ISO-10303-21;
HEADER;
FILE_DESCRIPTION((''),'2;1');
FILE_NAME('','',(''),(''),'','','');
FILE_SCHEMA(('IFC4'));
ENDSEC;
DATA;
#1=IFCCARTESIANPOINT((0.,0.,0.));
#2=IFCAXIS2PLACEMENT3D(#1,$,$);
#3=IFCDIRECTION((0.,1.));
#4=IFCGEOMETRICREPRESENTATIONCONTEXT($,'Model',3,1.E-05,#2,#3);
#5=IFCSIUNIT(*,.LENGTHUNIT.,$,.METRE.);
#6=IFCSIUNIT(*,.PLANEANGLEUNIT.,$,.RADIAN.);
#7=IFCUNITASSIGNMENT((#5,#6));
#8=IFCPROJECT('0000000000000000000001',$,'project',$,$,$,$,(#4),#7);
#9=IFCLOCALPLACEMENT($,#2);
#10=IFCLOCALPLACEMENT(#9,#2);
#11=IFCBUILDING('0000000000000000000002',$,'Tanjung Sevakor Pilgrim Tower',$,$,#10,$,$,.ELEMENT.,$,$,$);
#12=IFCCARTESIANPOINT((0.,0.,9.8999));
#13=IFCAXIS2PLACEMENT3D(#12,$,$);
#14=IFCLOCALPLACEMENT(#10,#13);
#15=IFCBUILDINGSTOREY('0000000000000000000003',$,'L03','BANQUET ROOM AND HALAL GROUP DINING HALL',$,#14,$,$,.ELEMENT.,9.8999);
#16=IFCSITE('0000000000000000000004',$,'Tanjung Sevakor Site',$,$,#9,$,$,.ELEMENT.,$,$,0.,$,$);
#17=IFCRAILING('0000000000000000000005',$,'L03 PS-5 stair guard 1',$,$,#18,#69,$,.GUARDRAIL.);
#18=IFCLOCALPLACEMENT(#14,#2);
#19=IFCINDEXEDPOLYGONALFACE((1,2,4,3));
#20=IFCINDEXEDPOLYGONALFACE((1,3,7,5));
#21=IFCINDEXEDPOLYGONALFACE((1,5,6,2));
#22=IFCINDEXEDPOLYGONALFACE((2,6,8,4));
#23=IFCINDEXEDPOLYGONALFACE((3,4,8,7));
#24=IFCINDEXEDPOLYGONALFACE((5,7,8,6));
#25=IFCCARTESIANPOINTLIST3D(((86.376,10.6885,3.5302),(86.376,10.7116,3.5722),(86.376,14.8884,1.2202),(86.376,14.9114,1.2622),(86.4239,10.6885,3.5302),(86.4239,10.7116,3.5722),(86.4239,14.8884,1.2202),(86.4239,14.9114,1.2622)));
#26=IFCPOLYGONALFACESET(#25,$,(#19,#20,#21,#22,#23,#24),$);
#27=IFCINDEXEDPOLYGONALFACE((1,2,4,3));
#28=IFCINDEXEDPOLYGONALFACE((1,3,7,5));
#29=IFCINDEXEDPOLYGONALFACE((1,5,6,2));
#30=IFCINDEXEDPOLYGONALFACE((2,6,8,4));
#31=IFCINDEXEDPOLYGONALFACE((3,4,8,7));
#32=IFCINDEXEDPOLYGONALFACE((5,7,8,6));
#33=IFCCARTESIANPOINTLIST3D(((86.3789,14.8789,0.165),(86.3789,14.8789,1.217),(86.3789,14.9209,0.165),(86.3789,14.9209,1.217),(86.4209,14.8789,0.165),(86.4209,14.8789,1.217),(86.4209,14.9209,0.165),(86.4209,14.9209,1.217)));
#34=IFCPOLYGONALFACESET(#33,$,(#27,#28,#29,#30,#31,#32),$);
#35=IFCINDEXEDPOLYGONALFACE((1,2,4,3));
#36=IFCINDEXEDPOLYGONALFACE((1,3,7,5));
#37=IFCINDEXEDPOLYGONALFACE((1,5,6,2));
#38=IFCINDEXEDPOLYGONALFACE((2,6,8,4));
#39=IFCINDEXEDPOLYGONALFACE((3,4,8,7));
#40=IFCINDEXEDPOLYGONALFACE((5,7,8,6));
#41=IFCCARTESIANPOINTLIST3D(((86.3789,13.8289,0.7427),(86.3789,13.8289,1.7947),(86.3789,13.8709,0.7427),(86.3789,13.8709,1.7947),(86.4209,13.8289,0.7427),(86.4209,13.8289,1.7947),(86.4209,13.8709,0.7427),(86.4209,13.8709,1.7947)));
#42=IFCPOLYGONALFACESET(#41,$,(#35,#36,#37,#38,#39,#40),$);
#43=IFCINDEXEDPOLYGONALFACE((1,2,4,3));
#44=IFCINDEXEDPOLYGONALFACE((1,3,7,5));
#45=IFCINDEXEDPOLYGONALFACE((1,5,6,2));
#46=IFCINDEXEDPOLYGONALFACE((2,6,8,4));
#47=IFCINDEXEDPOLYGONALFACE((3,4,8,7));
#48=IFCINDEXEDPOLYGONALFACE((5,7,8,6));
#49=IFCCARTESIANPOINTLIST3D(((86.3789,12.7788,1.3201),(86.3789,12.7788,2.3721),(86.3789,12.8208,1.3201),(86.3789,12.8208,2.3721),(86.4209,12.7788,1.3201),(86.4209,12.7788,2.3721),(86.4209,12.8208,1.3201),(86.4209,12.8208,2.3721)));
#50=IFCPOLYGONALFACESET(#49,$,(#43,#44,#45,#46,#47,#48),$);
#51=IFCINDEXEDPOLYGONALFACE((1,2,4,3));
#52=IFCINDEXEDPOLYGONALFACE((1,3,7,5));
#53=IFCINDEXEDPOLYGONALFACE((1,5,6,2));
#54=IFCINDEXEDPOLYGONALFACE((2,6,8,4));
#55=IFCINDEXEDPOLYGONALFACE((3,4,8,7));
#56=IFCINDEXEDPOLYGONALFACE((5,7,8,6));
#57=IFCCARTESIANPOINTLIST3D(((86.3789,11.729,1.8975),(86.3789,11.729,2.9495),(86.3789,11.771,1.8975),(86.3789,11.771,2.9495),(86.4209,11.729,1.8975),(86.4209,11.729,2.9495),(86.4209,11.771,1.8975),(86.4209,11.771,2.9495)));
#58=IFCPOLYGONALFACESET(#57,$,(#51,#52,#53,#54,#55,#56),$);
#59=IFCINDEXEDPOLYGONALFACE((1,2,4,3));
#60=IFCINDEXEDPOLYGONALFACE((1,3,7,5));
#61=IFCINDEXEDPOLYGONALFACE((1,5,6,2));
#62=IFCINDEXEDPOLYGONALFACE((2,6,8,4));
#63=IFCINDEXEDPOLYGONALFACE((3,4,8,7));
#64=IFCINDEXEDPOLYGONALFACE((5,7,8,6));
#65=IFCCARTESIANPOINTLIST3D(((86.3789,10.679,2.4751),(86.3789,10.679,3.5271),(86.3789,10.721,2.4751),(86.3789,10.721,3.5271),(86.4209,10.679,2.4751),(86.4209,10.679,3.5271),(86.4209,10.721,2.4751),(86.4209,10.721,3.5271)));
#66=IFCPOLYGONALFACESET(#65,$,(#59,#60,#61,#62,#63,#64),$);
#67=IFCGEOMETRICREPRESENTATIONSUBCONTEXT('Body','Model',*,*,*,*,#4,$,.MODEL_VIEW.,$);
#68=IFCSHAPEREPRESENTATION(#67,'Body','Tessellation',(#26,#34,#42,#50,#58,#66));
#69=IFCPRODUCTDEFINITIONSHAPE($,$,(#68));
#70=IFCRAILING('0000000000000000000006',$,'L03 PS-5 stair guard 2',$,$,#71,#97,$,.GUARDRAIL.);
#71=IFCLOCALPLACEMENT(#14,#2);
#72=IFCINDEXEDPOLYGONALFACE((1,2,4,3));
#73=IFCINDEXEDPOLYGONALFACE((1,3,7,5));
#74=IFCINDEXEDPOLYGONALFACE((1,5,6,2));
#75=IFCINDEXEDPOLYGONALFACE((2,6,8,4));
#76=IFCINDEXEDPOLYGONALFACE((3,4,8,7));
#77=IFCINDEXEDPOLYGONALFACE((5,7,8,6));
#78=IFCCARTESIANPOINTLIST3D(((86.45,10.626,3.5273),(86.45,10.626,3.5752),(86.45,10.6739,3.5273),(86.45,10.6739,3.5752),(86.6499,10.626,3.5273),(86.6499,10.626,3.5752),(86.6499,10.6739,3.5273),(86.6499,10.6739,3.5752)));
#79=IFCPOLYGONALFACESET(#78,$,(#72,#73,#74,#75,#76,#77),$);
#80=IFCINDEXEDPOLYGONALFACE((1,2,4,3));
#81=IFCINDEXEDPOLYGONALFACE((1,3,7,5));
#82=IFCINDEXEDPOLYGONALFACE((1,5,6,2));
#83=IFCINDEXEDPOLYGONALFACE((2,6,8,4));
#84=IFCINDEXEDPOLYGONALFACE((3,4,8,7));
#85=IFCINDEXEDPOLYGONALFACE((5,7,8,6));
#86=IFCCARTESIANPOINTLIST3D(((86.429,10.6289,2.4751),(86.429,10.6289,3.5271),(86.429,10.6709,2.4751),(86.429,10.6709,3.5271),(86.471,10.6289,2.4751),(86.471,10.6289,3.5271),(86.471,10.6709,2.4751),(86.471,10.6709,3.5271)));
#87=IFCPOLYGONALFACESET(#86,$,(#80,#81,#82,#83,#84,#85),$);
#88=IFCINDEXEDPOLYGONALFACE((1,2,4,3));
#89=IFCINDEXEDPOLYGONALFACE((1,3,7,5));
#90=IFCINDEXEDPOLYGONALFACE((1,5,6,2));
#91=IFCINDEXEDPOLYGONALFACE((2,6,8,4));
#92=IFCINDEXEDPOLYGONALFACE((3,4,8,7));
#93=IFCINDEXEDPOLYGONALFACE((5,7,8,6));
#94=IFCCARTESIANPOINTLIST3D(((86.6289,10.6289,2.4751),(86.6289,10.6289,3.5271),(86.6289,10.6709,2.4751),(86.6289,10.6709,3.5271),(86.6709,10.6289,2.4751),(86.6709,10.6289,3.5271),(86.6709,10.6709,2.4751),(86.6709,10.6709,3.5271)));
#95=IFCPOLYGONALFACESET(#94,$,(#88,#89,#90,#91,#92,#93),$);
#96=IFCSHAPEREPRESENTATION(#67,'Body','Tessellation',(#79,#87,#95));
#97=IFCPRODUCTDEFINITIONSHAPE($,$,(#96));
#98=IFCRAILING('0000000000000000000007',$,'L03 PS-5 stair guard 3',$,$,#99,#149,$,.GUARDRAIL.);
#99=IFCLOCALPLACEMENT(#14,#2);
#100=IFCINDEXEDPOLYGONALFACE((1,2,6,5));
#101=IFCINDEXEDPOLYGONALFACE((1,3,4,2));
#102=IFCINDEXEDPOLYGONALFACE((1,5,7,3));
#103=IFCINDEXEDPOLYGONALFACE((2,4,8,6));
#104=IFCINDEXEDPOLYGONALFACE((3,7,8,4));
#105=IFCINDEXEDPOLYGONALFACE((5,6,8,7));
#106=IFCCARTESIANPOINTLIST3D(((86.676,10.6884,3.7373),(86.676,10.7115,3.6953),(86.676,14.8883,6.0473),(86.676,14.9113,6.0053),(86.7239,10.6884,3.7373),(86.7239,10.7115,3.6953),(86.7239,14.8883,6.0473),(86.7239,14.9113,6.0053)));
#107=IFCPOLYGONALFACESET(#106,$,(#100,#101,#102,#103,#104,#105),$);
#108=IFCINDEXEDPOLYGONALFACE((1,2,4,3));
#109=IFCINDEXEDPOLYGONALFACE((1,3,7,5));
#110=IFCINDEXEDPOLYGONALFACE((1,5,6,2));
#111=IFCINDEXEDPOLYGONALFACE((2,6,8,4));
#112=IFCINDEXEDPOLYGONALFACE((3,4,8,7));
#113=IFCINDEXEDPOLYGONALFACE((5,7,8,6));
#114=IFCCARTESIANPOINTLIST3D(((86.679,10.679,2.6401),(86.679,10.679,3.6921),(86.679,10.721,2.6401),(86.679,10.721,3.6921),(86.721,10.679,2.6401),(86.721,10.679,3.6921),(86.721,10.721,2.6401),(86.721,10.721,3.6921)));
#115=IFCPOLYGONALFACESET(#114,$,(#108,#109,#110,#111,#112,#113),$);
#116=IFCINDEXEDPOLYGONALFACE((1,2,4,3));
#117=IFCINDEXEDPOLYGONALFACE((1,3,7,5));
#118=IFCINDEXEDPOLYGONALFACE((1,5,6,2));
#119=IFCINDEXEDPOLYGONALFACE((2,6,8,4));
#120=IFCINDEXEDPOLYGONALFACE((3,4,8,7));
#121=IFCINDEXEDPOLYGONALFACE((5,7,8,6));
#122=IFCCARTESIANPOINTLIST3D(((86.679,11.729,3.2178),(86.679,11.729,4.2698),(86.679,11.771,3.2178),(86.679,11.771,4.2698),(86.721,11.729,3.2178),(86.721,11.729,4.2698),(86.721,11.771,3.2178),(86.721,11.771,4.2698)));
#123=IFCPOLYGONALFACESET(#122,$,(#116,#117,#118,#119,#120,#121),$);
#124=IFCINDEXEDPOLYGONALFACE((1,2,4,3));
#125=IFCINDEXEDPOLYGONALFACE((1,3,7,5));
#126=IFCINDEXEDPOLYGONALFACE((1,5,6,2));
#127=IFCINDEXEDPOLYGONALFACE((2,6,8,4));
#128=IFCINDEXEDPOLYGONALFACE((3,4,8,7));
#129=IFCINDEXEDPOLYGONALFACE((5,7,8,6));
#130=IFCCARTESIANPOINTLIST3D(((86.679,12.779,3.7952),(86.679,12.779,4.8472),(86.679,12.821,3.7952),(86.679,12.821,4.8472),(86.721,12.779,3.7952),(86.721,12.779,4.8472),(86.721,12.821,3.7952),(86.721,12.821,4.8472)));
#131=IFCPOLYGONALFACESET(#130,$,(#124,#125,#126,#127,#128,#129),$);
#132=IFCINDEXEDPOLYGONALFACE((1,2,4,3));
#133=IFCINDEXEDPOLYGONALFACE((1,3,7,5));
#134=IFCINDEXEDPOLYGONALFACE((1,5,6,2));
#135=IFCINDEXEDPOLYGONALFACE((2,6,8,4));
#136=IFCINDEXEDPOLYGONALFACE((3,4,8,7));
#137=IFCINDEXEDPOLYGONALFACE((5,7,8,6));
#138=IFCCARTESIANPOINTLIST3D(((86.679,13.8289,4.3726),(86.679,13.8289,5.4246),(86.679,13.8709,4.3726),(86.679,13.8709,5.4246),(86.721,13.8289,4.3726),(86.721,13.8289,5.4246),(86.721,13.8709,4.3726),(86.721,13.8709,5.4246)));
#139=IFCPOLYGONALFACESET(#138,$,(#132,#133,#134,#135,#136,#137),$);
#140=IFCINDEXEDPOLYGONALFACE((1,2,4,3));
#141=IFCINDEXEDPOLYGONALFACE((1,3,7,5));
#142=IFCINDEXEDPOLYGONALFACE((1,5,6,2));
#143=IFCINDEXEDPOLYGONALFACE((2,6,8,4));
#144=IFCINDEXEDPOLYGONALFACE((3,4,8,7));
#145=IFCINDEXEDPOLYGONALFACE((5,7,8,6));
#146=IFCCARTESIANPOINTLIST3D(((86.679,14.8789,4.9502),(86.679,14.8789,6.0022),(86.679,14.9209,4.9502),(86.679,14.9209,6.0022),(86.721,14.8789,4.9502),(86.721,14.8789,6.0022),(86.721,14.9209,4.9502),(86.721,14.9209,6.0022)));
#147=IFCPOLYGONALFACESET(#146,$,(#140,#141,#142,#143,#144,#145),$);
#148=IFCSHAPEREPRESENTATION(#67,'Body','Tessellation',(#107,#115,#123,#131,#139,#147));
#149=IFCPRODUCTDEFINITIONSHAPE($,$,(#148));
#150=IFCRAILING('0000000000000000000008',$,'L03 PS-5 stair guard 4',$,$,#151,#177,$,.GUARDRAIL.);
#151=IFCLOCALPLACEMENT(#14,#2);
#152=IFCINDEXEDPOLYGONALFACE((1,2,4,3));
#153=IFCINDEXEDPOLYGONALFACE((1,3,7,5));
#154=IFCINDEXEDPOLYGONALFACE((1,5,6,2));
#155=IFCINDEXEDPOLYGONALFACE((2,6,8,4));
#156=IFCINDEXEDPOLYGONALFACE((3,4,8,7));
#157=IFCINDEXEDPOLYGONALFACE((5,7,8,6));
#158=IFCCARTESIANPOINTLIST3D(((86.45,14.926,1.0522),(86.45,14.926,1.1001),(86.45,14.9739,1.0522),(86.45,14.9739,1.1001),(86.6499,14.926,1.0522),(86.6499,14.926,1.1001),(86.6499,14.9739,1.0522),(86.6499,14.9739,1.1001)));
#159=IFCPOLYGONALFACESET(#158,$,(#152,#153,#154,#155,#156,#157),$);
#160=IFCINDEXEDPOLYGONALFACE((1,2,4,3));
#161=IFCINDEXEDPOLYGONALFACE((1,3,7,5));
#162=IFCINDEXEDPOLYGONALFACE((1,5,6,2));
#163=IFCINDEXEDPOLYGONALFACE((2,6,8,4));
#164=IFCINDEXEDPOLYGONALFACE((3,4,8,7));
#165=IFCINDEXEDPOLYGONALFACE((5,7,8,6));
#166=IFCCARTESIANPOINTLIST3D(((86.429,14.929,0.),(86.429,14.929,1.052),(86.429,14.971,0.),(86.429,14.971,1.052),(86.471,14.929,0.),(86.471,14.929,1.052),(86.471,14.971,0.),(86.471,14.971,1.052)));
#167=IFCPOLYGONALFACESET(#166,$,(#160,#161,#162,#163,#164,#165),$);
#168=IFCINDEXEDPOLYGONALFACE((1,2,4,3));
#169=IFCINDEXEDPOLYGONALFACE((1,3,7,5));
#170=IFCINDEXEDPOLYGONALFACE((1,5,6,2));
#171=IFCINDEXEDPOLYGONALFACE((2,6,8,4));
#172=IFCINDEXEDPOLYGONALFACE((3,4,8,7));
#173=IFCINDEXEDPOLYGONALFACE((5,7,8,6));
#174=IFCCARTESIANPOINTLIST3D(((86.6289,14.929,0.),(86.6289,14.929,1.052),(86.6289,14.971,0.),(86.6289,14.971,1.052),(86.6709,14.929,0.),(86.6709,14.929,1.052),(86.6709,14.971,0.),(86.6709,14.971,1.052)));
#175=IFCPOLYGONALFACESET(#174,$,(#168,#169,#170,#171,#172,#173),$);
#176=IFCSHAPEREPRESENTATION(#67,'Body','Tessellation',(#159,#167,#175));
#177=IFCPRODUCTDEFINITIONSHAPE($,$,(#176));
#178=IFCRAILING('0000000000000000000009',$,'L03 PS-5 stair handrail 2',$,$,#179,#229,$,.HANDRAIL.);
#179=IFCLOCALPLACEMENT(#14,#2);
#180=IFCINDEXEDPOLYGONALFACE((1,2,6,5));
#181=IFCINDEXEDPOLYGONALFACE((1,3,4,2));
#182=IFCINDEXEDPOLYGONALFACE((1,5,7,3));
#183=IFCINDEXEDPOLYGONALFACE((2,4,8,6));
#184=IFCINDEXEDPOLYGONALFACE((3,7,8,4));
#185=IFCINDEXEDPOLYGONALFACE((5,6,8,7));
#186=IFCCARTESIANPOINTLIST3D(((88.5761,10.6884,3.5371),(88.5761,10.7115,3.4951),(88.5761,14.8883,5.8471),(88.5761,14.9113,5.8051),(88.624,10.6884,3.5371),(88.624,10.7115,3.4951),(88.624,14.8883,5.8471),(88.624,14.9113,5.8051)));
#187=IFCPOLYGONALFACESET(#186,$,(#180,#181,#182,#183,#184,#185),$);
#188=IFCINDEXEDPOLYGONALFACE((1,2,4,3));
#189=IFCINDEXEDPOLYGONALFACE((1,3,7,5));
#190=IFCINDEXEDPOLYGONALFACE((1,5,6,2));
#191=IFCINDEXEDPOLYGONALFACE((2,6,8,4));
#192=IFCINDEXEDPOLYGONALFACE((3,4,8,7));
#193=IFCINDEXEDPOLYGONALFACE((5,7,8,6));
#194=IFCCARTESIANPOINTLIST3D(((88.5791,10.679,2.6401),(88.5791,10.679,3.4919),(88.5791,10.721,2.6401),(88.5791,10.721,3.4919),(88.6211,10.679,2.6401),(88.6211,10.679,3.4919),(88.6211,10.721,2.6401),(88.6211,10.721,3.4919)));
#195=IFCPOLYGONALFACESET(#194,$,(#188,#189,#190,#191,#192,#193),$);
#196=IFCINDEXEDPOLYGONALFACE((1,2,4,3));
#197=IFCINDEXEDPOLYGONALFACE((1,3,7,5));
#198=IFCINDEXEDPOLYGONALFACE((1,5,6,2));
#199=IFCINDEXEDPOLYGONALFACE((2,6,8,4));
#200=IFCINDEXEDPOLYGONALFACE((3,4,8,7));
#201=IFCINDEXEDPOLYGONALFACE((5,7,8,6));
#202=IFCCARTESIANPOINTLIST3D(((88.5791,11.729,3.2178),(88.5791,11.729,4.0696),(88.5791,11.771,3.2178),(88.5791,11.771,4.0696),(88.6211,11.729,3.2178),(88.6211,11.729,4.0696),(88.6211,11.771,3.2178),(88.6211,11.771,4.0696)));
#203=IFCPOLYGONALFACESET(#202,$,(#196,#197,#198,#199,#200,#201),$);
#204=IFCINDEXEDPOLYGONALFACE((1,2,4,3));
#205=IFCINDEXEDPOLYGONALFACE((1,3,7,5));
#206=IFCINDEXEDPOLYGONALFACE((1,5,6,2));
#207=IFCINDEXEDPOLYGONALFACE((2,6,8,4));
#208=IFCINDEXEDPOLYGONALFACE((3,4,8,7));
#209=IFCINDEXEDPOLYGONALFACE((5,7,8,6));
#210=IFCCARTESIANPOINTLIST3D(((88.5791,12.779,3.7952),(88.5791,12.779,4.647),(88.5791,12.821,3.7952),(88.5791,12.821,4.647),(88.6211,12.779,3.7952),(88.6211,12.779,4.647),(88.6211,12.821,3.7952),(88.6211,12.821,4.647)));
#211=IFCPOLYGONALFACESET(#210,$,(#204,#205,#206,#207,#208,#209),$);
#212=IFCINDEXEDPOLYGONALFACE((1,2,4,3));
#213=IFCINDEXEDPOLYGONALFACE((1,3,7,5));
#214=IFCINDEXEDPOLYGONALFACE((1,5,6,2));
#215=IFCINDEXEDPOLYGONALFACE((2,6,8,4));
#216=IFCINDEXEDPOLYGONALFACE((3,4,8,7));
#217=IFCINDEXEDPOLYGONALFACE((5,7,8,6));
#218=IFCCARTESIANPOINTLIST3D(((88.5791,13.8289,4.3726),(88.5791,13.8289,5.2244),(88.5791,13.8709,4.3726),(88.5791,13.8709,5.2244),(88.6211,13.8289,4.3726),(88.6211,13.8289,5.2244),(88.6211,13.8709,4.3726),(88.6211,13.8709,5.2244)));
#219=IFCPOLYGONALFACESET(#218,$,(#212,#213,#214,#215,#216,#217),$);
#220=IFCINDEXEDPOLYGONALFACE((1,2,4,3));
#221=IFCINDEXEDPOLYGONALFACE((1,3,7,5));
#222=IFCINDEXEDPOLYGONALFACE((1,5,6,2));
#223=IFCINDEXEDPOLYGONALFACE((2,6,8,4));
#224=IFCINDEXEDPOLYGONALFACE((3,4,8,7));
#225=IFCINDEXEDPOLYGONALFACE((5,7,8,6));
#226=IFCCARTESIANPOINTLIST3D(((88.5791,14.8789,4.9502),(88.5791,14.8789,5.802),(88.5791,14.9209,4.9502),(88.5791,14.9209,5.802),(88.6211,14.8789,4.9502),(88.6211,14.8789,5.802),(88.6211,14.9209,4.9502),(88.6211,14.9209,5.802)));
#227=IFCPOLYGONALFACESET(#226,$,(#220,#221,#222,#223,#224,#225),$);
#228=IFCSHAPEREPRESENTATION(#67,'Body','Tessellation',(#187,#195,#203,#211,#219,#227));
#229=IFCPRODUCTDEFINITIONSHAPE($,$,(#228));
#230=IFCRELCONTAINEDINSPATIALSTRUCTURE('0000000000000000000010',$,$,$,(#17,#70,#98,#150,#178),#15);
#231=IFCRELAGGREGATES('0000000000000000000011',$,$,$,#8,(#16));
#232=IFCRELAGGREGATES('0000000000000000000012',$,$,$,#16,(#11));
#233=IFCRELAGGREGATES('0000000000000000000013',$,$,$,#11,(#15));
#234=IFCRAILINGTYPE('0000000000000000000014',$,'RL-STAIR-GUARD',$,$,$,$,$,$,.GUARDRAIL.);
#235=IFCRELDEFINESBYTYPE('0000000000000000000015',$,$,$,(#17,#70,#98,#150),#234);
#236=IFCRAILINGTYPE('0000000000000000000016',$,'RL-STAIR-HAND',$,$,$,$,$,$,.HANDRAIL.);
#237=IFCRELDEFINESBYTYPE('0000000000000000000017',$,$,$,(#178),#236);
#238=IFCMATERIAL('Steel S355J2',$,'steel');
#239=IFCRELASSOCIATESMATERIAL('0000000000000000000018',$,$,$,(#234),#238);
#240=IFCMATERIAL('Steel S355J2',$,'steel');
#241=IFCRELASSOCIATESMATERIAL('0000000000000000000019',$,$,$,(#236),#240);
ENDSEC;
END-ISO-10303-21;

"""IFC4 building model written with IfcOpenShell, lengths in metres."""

from ifc_helpers import new_model, si_unit, direction, frame, origin, place, context, subcontext, project, spatial, rectangle, extrude, material, type_object, element, save


model = new_model("IFC4")

# Units and contexts
model_context = context("Model", 3, precision=1e-05, world=origin(), true_north=direction((0.0, 1.0)))
body_context = subcontext(model_context, "Body", "Model", "MODEL_VIEW")
ifc_project = project(units=[si_unit("LENGTHUNIT", "METRE"), si_unit("PLANEANGLEUNIT", "RADIAN")], contexts=[model_context])

# Site, building, storey
site_placement = place(None, origin())
site = spatial("IfcSite", under=ifc_project, at=site_placement, Name="Tanjung Sevakor Site", CompositionType="ELEMENT", RefElevation=0.0)
building_placement = place(site_placement, origin())
building = spatial("IfcBuilding", under=site, at=building_placement, Name="Tanjung Sevakor Pilgrim Tower", CompositionType="ELEMENT")
storey_placement = place(building_placement, frame((0.0, 0.0, 9.8999)))
storey = spatial("IfcBuildingStorey", under=building, at=storey_placement, Name="L03", Description="BANQUET ROOM AND HALAL GROUP DINING HALL", CompositionType="ELEMENT", Elevation=9.8999)

# Railings
ifc_material_1 = material(Name="Steel S355J2", Category="steel")
railing_type_1 = type_object("IfcRailingType", Name="RL-STAIR-GUARD", PredefinedType="GUARDRAIL", material=ifc_material_1)
railing_1_placement = place(storey_placement, frame((86.3999, 14.8999, 0.165)))
element("IfcRailing", 1, at=railing_1_placement, inside=storey, type_object=railing_type_1, Name="L03 PS-5 stair guard 1", PredefinedType="GUARDRAIL", context=body_context, shape_type="SweptSolid", body=[
    extrude(rectangle(XDim=0.0479, YDim=0.0479), frame((0.0, 0.0, 1.0762), z_axis=(0.0, -0.876208, 0.481932), x_axis=(1.0, 0.0, 0.0)), (0.0, 0.0, 1.0), 4.7932),
    extrude(rectangle(XDim=0.042, YDim=0.042), origin(), (0.0, 0.0, 1.0), 1.052),
    extrude(rectangle(XDim=0.042, YDim=0.042), frame((0.0, -1.05, 0.5776)), (0.0, 0.0, 1.0), 1.052),
    extrude(rectangle(XDim=0.042, YDim=0.042), frame((0.0, -2.1001, 1.155)), (0.0, 0.0, 1.0), 1.052),
    extrude(rectangle(XDim=0.042, YDim=0.042), frame((0.0, -3.1499, 1.7324)), (0.0, 0.0, 1.0), 1.052),
    extrude(rectangle(XDim=0.042, YDim=0.042), frame((0.0, -4.2, 2.3101)), (0.0, 0.0, 1.0), 1.052),
])
railing_2_placement = place(storey_placement, frame((86.45, 10.6499, 2.4751)))
element("IfcRailing", 2, at=railing_2_placement, inside=storey, type_object=railing_type_1, Name="L03 PS-5 stair guard 2", PredefinedType="GUARDRAIL", context=body_context, shape_type="SweptSolid", body=[
    extrude(rectangle(XDim=0.0479, YDim=0.0479), frame((0.0, 0.0, 1.0762), z_axis=(1.0, 0.0, 0.0), x_axis=(0.0, 1.0, 0.0)), (0.0, 0.0, 1.0), 0.2),
    extrude(rectangle(XDim=0.042, YDim=0.042), origin(), (0.0, 0.0, 1.0), 1.052),
    extrude(rectangle(XDim=0.042, YDim=0.042), frame((0.2, 0.0, 0.0)), (0.0, 0.0, 1.0), 1.052),
])
railing_3_placement = place(storey_placement, frame((86.7, 10.7, 2.6401)))
element("IfcRailing", 3, at=railing_3_placement, inside=storey, type_object=railing_type_1, Name="L03 PS-5 stair guard 3", PredefinedType="GUARDRAIL", context=body_context, shape_type="SweptSolid", body=[
    extrude(rectangle(XDim=0.0479, YDim=0.0479), frame((0.0, 0.0, 1.0762), z_axis=(0.0, 0.876208, 0.481932), x_axis=(-1.0, 0.0, 0.0)), (0.0, 0.0, 1.0), 4.7932),
    extrude(rectangle(XDim=0.042, YDim=0.042), origin(), (0.0, 0.0, 1.0), 1.052),
    extrude(rectangle(XDim=0.042, YDim=0.042), frame((0.0, 1.05, 0.5776)), (0.0, 0.0, 1.0), 1.052),
    extrude(rectangle(XDim=0.042, YDim=0.042), frame((0.0, 2.1001, 1.155)), (0.0, 0.0, 1.0), 1.052),
    extrude(rectangle(XDim=0.042, YDim=0.042), frame((0.0, 3.1499, 1.7324)), (0.0, 0.0, 1.0), 1.052),
    extrude(rectangle(XDim=0.042, YDim=0.042), frame((0.0, 4.2, 2.3101)), (0.0, 0.0, 1.0), 1.052),
])
railing_4_placement = place(storey_placement, frame((86.45, 14.95, 0.0)))
element("IfcRailing", 4, at=railing_4_placement, inside=storey, type_object=railing_type_1, Name="L03 PS-5 stair guard 4", PredefinedType="GUARDRAIL", context=body_context, shape_type="SweptSolid", body=[
    extrude(rectangle(XDim=0.0479, YDim=0.0479), frame((0.0, 0.0, 1.0762), z_axis=(1.0, 0.0, 0.0), x_axis=(0.0, 1.0, 0.0)), (0.0, 0.0, 1.0), 0.2),
    extrude(rectangle(XDim=0.042, YDim=0.042), origin(), (0.0, 0.0, 1.0), 1.052),
    extrude(rectangle(XDim=0.042, YDim=0.042), frame((0.2, 0.0, 0.0)), (0.0, 0.0, 1.0), 1.052),
])
ifc_material_2 = material(Name="Steel S355J2", Category="steel")
railing_type_2 = type_object("IfcRailingType", Name="RL-STAIR-HAND", PredefinedType="HANDRAIL", material=ifc_material_2)
railing_5_placement = place(storey_placement, frame((88.6001, 10.7, 2.6401)))
element("IfcRailing", 5, at=railing_5_placement, inside=storey, type_object=railing_type_2, Name="L03 PS-5 stair handrail 2", PredefinedType="HANDRAIL", context=body_context, shape_type="SweptSolid", body=[
    extrude(rectangle(XDim=0.0479, YDim=0.0479), frame((0.0, 0.0, 0.876), z_axis=(0.0, 0.876208, 0.481932), x_axis=(-1.0, 0.0, 0.0)), (0.0, 0.0, 1.0), 4.7932),
    extrude(rectangle(XDim=0.042, YDim=0.042), origin(), (0.0, 0.0, 1.0), 0.8518),
    extrude(rectangle(XDim=0.042, YDim=0.042), frame((0.0, 1.05, 0.5776)), (0.0, 0.0, 1.0), 0.8518),
    extrude(rectangle(XDim=0.042, YDim=0.042), frame((0.0, 2.1001, 1.155)), (0.0, 0.0, 1.0), 0.8518),
    extrude(rectangle(XDim=0.042, YDim=0.042), frame((0.0, 3.1499, 1.7324)), (0.0, 0.0, 1.0), 0.8518),
    extrude(rectangle(XDim=0.042, YDim=0.042), frame((0.0, 4.2, 2.3101)), (0.0, 0.0, 1.0), 0.8518),
])

save(model, "model.ifc")
